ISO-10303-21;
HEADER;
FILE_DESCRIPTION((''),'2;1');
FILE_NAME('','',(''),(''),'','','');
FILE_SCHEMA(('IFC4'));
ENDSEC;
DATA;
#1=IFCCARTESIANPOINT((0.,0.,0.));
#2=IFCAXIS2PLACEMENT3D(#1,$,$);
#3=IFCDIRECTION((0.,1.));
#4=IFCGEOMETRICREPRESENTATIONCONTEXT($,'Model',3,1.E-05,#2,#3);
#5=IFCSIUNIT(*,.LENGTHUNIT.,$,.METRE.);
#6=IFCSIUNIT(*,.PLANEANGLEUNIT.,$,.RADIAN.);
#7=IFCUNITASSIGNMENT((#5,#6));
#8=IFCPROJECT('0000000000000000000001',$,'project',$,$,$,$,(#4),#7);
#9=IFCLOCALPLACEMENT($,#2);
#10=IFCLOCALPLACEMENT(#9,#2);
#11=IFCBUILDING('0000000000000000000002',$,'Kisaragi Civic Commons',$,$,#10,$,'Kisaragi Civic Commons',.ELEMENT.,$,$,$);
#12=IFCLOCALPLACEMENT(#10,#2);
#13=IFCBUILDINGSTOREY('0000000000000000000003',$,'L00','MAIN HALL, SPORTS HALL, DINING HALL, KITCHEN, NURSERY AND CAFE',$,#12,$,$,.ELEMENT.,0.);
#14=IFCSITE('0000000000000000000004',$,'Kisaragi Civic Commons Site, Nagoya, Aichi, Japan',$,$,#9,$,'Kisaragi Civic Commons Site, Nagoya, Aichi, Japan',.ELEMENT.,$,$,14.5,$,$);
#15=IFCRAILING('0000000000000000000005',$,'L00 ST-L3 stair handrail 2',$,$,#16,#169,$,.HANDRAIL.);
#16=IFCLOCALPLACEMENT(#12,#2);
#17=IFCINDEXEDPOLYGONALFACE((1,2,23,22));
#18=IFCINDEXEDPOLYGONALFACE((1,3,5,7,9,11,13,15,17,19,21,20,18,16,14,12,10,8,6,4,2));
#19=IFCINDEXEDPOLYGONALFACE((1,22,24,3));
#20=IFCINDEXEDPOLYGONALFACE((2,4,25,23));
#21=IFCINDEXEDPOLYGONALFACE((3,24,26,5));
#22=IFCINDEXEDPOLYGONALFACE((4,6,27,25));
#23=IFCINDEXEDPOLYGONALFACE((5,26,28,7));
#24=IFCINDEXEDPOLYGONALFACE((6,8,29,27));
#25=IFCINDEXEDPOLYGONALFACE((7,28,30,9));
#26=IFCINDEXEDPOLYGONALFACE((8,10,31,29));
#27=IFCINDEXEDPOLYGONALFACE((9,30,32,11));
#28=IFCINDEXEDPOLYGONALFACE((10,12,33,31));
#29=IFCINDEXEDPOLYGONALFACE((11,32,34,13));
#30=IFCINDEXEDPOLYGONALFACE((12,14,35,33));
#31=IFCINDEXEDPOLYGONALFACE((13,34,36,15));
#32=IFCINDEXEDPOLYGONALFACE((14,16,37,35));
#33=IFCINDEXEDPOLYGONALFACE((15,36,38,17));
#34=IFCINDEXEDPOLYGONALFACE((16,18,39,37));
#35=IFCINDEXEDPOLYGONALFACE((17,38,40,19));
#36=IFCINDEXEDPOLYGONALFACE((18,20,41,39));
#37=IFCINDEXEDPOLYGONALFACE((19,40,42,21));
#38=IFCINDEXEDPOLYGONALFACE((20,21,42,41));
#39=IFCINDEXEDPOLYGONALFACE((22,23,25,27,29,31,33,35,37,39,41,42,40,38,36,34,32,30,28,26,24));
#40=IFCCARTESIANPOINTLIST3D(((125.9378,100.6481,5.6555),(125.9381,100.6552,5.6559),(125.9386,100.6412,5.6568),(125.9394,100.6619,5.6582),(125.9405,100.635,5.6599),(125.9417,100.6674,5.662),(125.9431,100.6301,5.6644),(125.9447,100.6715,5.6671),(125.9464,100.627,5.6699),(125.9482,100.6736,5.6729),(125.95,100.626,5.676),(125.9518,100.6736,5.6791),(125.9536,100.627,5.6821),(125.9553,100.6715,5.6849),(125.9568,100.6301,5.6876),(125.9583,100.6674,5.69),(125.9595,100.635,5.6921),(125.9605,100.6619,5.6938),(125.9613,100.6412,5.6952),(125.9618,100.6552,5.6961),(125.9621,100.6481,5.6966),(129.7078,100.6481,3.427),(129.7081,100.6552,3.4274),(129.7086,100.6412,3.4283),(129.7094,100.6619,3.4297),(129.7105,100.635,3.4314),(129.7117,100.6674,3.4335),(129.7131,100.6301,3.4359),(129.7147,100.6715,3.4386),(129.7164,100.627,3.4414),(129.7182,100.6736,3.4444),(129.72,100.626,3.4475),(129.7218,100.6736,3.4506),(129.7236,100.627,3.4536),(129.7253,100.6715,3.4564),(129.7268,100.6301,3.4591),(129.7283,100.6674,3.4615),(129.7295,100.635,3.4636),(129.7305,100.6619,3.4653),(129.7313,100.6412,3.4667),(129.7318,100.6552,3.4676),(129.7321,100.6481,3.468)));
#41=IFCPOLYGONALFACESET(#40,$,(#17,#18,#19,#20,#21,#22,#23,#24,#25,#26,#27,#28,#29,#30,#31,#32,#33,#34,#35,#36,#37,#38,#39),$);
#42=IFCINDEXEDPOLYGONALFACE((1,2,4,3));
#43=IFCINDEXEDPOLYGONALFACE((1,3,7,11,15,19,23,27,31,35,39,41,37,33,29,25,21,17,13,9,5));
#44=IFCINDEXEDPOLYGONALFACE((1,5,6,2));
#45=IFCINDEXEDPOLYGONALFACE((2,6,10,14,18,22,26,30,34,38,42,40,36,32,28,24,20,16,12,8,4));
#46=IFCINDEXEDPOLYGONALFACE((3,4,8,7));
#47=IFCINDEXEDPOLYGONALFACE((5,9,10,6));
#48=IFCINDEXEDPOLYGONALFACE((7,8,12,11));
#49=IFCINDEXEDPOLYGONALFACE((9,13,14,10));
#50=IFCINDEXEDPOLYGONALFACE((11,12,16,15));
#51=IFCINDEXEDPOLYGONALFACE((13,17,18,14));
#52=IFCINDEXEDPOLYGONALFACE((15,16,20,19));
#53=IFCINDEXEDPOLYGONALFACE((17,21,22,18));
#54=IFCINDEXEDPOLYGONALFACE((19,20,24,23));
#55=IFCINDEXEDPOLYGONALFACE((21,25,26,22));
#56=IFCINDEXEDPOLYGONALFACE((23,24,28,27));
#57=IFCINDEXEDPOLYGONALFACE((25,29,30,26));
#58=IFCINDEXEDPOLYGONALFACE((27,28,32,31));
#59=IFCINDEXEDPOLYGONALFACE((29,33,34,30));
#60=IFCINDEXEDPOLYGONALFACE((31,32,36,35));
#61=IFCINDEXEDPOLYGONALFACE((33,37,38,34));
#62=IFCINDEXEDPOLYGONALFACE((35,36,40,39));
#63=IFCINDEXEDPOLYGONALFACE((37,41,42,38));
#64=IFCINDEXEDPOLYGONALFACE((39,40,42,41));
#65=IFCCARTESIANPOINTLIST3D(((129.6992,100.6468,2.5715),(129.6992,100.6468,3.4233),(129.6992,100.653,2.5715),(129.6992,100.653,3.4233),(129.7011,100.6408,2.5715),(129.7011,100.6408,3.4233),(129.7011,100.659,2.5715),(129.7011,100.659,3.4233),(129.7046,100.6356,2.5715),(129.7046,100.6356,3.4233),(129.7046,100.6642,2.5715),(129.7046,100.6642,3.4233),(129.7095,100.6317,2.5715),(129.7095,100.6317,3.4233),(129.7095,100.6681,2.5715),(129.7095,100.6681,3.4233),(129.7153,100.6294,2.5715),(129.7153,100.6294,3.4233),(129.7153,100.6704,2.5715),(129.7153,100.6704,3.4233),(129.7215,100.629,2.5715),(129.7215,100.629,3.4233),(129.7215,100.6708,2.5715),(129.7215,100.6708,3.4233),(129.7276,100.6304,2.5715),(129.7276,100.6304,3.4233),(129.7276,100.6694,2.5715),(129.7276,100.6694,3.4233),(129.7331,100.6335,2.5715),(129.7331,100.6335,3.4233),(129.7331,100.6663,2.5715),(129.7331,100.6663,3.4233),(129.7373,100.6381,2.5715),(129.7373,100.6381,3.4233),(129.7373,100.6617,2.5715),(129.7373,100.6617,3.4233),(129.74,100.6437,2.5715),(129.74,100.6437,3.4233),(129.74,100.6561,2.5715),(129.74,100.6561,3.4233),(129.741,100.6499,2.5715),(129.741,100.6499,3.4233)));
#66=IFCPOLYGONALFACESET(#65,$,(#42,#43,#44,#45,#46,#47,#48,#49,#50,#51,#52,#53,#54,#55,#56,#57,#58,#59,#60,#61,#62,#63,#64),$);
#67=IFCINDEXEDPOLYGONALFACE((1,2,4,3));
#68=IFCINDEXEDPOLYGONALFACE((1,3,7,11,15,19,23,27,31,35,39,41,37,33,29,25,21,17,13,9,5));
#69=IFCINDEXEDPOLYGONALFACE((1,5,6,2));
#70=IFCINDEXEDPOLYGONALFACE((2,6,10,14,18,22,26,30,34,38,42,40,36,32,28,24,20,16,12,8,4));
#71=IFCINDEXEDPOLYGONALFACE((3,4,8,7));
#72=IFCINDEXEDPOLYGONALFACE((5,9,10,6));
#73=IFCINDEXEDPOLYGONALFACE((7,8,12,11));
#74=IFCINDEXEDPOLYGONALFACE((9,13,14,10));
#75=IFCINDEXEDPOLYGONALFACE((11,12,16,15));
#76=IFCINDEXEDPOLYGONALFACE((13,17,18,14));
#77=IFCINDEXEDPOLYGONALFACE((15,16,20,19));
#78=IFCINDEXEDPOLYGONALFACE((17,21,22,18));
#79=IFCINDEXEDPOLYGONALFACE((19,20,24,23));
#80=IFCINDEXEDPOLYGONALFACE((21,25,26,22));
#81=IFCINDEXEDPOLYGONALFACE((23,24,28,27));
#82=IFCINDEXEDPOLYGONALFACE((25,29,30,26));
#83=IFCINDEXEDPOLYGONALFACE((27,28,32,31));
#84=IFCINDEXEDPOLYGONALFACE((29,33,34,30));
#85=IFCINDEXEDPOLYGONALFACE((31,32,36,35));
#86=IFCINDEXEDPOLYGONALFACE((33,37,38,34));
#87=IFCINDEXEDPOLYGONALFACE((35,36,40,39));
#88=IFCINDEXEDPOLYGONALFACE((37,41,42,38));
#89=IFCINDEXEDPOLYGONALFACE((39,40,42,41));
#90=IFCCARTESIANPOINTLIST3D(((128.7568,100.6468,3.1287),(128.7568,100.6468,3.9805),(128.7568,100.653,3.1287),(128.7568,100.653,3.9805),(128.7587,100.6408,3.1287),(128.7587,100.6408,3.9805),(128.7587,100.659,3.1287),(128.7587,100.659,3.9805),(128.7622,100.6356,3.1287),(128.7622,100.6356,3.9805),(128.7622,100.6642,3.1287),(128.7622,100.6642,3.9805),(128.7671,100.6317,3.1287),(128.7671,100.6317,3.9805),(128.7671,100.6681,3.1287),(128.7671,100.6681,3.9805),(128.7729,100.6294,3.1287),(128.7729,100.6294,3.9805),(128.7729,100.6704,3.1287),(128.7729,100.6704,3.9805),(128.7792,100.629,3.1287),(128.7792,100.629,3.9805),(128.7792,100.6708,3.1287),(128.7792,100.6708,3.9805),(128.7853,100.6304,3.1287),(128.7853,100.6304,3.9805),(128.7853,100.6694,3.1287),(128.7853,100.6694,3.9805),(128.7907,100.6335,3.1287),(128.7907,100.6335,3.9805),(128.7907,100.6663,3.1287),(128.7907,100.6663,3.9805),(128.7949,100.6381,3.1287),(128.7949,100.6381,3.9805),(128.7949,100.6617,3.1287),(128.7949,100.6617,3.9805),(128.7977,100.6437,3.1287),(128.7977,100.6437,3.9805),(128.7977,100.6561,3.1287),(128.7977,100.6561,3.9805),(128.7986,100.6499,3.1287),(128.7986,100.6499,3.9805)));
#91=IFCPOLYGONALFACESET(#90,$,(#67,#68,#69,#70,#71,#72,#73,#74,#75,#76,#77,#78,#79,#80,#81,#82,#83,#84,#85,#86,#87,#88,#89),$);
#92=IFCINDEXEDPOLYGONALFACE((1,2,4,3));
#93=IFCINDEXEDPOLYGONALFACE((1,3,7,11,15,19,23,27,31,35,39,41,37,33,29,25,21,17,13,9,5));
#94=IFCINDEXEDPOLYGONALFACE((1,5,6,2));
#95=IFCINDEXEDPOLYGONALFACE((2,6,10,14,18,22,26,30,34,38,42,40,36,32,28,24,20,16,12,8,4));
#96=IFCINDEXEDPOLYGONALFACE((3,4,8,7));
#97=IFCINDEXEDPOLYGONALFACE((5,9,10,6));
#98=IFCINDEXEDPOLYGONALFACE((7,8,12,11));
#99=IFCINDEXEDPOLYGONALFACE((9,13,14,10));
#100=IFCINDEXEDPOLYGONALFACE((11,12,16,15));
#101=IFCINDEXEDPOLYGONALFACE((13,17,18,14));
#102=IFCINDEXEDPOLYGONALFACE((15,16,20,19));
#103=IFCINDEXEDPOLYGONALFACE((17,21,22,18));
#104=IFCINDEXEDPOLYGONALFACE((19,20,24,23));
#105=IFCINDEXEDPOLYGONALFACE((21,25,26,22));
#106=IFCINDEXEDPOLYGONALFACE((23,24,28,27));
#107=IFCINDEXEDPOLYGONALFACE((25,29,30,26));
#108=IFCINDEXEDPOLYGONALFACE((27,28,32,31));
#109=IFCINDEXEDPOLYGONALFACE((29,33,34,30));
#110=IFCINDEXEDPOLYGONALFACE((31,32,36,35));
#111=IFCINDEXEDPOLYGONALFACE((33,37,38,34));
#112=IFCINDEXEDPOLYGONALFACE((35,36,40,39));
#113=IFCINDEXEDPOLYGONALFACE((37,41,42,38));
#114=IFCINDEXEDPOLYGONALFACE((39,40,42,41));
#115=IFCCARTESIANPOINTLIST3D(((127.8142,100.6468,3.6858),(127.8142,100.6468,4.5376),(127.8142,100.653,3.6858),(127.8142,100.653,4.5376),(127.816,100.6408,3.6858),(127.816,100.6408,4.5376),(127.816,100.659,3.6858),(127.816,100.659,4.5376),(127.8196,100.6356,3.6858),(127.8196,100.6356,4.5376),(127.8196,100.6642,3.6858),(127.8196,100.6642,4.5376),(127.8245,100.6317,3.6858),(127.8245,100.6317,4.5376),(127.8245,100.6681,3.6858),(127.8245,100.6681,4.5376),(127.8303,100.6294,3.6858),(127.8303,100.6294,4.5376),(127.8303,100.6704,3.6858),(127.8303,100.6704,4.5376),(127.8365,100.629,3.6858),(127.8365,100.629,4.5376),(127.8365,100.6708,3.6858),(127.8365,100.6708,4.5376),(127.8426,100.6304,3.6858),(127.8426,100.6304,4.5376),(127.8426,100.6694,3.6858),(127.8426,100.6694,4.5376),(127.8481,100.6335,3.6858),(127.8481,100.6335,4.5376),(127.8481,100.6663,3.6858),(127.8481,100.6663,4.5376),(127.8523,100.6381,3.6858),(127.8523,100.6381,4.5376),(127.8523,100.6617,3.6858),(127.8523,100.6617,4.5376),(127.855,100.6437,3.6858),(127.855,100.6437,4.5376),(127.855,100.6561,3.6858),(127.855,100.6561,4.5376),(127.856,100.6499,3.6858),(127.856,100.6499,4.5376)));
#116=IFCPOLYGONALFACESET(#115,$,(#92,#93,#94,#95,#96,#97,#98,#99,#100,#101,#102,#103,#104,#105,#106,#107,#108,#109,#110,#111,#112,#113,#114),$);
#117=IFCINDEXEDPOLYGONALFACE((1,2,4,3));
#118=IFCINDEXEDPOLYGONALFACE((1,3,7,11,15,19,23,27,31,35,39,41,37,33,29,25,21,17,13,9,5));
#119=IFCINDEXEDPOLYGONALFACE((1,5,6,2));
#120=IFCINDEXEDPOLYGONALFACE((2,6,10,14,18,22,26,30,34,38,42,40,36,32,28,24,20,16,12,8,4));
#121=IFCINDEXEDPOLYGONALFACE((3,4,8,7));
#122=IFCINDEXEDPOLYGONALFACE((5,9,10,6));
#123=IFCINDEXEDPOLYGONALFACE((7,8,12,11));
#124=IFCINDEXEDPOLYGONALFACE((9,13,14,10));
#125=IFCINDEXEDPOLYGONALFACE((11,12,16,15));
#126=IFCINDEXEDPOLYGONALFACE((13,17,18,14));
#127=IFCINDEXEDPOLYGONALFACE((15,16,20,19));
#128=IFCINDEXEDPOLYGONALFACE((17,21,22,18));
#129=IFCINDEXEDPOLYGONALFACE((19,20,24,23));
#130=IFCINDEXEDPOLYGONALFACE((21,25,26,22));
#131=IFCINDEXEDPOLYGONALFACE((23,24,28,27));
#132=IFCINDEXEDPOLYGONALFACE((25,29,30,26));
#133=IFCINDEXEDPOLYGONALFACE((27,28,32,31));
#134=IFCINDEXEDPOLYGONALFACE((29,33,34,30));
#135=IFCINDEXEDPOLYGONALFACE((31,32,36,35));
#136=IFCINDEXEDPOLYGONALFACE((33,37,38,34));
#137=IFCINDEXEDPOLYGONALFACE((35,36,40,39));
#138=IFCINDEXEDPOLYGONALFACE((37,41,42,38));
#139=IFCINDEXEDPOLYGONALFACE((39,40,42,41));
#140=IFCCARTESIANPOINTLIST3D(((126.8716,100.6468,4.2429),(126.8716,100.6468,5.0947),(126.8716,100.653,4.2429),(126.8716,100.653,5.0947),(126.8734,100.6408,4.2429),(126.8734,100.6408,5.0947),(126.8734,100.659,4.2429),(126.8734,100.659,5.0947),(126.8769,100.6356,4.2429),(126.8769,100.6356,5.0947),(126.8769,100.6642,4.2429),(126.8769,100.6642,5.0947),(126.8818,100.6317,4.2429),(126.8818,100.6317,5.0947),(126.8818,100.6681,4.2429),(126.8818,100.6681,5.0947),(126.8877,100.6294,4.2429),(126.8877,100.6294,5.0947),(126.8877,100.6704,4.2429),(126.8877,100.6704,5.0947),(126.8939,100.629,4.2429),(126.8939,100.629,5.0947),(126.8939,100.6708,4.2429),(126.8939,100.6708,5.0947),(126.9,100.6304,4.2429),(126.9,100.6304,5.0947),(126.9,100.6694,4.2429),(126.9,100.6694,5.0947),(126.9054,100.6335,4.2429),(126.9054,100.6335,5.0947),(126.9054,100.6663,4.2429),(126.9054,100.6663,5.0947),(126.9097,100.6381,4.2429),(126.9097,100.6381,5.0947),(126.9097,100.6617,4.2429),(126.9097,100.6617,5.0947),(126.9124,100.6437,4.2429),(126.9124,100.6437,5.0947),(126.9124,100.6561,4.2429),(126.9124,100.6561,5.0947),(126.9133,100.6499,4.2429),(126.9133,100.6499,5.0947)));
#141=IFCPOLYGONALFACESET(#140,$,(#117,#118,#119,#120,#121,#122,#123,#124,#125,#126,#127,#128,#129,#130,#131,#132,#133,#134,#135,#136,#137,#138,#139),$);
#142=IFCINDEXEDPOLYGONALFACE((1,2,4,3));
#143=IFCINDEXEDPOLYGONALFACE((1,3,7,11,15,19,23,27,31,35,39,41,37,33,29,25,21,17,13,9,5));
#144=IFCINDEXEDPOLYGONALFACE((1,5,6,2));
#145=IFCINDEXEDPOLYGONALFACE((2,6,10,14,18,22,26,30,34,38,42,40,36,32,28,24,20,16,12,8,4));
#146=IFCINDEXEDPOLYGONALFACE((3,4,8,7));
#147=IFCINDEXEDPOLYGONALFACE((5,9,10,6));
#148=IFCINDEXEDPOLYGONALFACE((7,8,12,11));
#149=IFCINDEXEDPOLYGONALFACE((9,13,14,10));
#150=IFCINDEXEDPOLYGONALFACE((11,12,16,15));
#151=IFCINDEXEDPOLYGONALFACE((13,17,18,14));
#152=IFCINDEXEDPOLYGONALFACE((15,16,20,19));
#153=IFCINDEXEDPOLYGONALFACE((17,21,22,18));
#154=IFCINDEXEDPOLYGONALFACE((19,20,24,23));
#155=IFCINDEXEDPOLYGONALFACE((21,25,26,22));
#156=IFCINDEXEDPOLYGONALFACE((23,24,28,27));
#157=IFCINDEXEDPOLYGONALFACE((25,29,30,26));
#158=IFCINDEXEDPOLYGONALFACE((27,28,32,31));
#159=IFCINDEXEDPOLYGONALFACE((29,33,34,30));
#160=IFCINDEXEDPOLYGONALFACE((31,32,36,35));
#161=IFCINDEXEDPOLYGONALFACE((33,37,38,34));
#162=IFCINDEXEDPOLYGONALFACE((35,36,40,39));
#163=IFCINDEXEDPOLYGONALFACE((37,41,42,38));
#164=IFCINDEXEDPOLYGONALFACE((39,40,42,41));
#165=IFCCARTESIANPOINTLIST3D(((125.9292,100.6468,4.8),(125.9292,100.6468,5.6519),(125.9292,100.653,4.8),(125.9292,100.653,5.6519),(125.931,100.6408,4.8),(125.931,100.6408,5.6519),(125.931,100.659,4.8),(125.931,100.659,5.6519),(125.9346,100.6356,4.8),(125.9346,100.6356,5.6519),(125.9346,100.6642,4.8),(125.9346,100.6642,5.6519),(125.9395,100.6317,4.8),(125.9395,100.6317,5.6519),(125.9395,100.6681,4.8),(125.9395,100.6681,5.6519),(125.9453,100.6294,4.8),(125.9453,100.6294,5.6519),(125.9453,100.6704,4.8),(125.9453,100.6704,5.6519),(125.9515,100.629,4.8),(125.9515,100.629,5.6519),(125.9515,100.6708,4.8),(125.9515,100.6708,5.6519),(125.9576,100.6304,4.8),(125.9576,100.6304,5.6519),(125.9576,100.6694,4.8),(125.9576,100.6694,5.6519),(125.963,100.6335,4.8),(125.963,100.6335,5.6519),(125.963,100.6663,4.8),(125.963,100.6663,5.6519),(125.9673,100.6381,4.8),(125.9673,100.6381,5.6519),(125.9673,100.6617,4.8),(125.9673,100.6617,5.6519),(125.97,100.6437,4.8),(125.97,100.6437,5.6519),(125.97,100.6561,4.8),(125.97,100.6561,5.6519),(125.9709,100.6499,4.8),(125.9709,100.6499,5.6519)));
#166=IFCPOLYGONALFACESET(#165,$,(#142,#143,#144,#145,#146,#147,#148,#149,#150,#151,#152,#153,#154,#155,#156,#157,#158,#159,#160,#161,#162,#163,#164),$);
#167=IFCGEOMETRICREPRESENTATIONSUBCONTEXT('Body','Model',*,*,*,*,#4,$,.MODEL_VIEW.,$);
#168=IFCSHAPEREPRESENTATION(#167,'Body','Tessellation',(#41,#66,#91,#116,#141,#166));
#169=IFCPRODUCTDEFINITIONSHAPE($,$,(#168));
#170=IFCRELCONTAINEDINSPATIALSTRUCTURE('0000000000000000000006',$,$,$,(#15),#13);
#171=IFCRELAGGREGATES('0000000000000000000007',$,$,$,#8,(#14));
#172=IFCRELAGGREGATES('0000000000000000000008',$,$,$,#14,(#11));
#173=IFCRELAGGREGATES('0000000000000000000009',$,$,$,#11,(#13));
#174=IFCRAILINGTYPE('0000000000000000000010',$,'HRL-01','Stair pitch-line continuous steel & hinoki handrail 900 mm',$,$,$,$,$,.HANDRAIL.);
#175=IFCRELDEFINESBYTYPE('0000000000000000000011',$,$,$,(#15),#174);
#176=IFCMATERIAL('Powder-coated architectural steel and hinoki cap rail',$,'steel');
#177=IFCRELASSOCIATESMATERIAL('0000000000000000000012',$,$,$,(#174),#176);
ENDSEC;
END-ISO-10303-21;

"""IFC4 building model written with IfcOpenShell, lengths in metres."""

from ifc_helpers import new_model, si_unit, direction, frame, origin, origin_2d, place, context, subcontext, project, spatial, circle, extrude, material, type_object, element, save


model = new_model("IFC4")

# Units and contexts
model_context = context("Model", 3, precision=1e-05, world=origin(), true_north=direction((0.0, 1.0)))
body_context = subcontext(model_context, "Body", "Model", "MODEL_VIEW")
ifc_project = project(units=[si_unit("LENGTHUNIT", "METRE"), si_unit("PLANEANGLEUNIT", "RADIAN")], contexts=[model_context])

# Site, building, storey
site_placement = place(None, origin())
site = spatial("IfcSite", under=ifc_project, at=site_placement, Name="Kisaragi Civic Commons Site, Nagoya, Aichi, Japan", LongName="Kisaragi Civic Commons Site, Nagoya, Aichi, Japan", CompositionType="ELEMENT", RefElevation=14.5)
building_placement = place(site_placement, origin())
building = spatial("IfcBuilding", under=site, at=building_placement, Name="Kisaragi Civic Commons", LongName="Kisaragi Civic Commons", CompositionType="ELEMENT")
storey_placement = place(building_placement, origin())
storey = spatial("IfcBuildingStorey", under=building, at=storey_placement, Name="L00", Description="MAIN HALL, SPORTS HALL, DINING HALL, KITCHEN, NURSERY AND CAFE", CompositionType="ELEMENT", Elevation=0.0)

# Railing
ifc_material_1 = material(Name="Powder-coated architectural steel and hinoki cap rail", Category="steel")
railing_type_1 = type_object("IfcRailingType", Name="HRL-01", Description="Stair pitch-line continuous steel & hinoki handrail 900 mm", PredefinedType="HANDRAIL", material=ifc_material_1)
railing_1_placement = place(storey_placement, frame((129.72, 100.6499, 2.5715)))
element("IfcRailing", 1, at=railing_1_placement, inside=storey, type_object=railing_type_1, Name="L00 ST-L3 stair handrail 2", PredefinedType="HANDRAIL", context=body_context, shape_type="SweptSolid", body=[
    extrude(circle(Radius=0.0239, at=origin_2d()), frame((0.0, 0.0, 0.876), z_axis=(-0.860849, 0.0, 0.508861), x_axis=(0.0, -1.0, 0.0)), (0.0, 0.0, 1.0), 4.3794),
    extrude(circle(Radius=0.021, at=origin_2d()), origin(), (0.0, 0.0, 1.0), 0.8518),
    extrude(circle(Radius=0.021, at=origin_2d()), frame((-0.9424, 0.0, 0.5571)), (0.0, 0.0, 1.0), 0.8518),
    extrude(circle(Radius=0.021, at=origin_2d()), frame((-1.885, 0.0, 1.1143)), (0.0, 0.0, 1.0), 0.8518),
    extrude(circle(Radius=0.021, at=origin_2d()), frame((-2.8276, 0.0, 1.6714)), (0.0, 0.0, 1.0), 0.8518),
    extrude(circle(Radius=0.021, at=origin_2d()), frame((-3.77, 0.0, 2.2285)), (0.0, 0.0, 1.0), 0.8518),
])

save(model, "model.ifc")
